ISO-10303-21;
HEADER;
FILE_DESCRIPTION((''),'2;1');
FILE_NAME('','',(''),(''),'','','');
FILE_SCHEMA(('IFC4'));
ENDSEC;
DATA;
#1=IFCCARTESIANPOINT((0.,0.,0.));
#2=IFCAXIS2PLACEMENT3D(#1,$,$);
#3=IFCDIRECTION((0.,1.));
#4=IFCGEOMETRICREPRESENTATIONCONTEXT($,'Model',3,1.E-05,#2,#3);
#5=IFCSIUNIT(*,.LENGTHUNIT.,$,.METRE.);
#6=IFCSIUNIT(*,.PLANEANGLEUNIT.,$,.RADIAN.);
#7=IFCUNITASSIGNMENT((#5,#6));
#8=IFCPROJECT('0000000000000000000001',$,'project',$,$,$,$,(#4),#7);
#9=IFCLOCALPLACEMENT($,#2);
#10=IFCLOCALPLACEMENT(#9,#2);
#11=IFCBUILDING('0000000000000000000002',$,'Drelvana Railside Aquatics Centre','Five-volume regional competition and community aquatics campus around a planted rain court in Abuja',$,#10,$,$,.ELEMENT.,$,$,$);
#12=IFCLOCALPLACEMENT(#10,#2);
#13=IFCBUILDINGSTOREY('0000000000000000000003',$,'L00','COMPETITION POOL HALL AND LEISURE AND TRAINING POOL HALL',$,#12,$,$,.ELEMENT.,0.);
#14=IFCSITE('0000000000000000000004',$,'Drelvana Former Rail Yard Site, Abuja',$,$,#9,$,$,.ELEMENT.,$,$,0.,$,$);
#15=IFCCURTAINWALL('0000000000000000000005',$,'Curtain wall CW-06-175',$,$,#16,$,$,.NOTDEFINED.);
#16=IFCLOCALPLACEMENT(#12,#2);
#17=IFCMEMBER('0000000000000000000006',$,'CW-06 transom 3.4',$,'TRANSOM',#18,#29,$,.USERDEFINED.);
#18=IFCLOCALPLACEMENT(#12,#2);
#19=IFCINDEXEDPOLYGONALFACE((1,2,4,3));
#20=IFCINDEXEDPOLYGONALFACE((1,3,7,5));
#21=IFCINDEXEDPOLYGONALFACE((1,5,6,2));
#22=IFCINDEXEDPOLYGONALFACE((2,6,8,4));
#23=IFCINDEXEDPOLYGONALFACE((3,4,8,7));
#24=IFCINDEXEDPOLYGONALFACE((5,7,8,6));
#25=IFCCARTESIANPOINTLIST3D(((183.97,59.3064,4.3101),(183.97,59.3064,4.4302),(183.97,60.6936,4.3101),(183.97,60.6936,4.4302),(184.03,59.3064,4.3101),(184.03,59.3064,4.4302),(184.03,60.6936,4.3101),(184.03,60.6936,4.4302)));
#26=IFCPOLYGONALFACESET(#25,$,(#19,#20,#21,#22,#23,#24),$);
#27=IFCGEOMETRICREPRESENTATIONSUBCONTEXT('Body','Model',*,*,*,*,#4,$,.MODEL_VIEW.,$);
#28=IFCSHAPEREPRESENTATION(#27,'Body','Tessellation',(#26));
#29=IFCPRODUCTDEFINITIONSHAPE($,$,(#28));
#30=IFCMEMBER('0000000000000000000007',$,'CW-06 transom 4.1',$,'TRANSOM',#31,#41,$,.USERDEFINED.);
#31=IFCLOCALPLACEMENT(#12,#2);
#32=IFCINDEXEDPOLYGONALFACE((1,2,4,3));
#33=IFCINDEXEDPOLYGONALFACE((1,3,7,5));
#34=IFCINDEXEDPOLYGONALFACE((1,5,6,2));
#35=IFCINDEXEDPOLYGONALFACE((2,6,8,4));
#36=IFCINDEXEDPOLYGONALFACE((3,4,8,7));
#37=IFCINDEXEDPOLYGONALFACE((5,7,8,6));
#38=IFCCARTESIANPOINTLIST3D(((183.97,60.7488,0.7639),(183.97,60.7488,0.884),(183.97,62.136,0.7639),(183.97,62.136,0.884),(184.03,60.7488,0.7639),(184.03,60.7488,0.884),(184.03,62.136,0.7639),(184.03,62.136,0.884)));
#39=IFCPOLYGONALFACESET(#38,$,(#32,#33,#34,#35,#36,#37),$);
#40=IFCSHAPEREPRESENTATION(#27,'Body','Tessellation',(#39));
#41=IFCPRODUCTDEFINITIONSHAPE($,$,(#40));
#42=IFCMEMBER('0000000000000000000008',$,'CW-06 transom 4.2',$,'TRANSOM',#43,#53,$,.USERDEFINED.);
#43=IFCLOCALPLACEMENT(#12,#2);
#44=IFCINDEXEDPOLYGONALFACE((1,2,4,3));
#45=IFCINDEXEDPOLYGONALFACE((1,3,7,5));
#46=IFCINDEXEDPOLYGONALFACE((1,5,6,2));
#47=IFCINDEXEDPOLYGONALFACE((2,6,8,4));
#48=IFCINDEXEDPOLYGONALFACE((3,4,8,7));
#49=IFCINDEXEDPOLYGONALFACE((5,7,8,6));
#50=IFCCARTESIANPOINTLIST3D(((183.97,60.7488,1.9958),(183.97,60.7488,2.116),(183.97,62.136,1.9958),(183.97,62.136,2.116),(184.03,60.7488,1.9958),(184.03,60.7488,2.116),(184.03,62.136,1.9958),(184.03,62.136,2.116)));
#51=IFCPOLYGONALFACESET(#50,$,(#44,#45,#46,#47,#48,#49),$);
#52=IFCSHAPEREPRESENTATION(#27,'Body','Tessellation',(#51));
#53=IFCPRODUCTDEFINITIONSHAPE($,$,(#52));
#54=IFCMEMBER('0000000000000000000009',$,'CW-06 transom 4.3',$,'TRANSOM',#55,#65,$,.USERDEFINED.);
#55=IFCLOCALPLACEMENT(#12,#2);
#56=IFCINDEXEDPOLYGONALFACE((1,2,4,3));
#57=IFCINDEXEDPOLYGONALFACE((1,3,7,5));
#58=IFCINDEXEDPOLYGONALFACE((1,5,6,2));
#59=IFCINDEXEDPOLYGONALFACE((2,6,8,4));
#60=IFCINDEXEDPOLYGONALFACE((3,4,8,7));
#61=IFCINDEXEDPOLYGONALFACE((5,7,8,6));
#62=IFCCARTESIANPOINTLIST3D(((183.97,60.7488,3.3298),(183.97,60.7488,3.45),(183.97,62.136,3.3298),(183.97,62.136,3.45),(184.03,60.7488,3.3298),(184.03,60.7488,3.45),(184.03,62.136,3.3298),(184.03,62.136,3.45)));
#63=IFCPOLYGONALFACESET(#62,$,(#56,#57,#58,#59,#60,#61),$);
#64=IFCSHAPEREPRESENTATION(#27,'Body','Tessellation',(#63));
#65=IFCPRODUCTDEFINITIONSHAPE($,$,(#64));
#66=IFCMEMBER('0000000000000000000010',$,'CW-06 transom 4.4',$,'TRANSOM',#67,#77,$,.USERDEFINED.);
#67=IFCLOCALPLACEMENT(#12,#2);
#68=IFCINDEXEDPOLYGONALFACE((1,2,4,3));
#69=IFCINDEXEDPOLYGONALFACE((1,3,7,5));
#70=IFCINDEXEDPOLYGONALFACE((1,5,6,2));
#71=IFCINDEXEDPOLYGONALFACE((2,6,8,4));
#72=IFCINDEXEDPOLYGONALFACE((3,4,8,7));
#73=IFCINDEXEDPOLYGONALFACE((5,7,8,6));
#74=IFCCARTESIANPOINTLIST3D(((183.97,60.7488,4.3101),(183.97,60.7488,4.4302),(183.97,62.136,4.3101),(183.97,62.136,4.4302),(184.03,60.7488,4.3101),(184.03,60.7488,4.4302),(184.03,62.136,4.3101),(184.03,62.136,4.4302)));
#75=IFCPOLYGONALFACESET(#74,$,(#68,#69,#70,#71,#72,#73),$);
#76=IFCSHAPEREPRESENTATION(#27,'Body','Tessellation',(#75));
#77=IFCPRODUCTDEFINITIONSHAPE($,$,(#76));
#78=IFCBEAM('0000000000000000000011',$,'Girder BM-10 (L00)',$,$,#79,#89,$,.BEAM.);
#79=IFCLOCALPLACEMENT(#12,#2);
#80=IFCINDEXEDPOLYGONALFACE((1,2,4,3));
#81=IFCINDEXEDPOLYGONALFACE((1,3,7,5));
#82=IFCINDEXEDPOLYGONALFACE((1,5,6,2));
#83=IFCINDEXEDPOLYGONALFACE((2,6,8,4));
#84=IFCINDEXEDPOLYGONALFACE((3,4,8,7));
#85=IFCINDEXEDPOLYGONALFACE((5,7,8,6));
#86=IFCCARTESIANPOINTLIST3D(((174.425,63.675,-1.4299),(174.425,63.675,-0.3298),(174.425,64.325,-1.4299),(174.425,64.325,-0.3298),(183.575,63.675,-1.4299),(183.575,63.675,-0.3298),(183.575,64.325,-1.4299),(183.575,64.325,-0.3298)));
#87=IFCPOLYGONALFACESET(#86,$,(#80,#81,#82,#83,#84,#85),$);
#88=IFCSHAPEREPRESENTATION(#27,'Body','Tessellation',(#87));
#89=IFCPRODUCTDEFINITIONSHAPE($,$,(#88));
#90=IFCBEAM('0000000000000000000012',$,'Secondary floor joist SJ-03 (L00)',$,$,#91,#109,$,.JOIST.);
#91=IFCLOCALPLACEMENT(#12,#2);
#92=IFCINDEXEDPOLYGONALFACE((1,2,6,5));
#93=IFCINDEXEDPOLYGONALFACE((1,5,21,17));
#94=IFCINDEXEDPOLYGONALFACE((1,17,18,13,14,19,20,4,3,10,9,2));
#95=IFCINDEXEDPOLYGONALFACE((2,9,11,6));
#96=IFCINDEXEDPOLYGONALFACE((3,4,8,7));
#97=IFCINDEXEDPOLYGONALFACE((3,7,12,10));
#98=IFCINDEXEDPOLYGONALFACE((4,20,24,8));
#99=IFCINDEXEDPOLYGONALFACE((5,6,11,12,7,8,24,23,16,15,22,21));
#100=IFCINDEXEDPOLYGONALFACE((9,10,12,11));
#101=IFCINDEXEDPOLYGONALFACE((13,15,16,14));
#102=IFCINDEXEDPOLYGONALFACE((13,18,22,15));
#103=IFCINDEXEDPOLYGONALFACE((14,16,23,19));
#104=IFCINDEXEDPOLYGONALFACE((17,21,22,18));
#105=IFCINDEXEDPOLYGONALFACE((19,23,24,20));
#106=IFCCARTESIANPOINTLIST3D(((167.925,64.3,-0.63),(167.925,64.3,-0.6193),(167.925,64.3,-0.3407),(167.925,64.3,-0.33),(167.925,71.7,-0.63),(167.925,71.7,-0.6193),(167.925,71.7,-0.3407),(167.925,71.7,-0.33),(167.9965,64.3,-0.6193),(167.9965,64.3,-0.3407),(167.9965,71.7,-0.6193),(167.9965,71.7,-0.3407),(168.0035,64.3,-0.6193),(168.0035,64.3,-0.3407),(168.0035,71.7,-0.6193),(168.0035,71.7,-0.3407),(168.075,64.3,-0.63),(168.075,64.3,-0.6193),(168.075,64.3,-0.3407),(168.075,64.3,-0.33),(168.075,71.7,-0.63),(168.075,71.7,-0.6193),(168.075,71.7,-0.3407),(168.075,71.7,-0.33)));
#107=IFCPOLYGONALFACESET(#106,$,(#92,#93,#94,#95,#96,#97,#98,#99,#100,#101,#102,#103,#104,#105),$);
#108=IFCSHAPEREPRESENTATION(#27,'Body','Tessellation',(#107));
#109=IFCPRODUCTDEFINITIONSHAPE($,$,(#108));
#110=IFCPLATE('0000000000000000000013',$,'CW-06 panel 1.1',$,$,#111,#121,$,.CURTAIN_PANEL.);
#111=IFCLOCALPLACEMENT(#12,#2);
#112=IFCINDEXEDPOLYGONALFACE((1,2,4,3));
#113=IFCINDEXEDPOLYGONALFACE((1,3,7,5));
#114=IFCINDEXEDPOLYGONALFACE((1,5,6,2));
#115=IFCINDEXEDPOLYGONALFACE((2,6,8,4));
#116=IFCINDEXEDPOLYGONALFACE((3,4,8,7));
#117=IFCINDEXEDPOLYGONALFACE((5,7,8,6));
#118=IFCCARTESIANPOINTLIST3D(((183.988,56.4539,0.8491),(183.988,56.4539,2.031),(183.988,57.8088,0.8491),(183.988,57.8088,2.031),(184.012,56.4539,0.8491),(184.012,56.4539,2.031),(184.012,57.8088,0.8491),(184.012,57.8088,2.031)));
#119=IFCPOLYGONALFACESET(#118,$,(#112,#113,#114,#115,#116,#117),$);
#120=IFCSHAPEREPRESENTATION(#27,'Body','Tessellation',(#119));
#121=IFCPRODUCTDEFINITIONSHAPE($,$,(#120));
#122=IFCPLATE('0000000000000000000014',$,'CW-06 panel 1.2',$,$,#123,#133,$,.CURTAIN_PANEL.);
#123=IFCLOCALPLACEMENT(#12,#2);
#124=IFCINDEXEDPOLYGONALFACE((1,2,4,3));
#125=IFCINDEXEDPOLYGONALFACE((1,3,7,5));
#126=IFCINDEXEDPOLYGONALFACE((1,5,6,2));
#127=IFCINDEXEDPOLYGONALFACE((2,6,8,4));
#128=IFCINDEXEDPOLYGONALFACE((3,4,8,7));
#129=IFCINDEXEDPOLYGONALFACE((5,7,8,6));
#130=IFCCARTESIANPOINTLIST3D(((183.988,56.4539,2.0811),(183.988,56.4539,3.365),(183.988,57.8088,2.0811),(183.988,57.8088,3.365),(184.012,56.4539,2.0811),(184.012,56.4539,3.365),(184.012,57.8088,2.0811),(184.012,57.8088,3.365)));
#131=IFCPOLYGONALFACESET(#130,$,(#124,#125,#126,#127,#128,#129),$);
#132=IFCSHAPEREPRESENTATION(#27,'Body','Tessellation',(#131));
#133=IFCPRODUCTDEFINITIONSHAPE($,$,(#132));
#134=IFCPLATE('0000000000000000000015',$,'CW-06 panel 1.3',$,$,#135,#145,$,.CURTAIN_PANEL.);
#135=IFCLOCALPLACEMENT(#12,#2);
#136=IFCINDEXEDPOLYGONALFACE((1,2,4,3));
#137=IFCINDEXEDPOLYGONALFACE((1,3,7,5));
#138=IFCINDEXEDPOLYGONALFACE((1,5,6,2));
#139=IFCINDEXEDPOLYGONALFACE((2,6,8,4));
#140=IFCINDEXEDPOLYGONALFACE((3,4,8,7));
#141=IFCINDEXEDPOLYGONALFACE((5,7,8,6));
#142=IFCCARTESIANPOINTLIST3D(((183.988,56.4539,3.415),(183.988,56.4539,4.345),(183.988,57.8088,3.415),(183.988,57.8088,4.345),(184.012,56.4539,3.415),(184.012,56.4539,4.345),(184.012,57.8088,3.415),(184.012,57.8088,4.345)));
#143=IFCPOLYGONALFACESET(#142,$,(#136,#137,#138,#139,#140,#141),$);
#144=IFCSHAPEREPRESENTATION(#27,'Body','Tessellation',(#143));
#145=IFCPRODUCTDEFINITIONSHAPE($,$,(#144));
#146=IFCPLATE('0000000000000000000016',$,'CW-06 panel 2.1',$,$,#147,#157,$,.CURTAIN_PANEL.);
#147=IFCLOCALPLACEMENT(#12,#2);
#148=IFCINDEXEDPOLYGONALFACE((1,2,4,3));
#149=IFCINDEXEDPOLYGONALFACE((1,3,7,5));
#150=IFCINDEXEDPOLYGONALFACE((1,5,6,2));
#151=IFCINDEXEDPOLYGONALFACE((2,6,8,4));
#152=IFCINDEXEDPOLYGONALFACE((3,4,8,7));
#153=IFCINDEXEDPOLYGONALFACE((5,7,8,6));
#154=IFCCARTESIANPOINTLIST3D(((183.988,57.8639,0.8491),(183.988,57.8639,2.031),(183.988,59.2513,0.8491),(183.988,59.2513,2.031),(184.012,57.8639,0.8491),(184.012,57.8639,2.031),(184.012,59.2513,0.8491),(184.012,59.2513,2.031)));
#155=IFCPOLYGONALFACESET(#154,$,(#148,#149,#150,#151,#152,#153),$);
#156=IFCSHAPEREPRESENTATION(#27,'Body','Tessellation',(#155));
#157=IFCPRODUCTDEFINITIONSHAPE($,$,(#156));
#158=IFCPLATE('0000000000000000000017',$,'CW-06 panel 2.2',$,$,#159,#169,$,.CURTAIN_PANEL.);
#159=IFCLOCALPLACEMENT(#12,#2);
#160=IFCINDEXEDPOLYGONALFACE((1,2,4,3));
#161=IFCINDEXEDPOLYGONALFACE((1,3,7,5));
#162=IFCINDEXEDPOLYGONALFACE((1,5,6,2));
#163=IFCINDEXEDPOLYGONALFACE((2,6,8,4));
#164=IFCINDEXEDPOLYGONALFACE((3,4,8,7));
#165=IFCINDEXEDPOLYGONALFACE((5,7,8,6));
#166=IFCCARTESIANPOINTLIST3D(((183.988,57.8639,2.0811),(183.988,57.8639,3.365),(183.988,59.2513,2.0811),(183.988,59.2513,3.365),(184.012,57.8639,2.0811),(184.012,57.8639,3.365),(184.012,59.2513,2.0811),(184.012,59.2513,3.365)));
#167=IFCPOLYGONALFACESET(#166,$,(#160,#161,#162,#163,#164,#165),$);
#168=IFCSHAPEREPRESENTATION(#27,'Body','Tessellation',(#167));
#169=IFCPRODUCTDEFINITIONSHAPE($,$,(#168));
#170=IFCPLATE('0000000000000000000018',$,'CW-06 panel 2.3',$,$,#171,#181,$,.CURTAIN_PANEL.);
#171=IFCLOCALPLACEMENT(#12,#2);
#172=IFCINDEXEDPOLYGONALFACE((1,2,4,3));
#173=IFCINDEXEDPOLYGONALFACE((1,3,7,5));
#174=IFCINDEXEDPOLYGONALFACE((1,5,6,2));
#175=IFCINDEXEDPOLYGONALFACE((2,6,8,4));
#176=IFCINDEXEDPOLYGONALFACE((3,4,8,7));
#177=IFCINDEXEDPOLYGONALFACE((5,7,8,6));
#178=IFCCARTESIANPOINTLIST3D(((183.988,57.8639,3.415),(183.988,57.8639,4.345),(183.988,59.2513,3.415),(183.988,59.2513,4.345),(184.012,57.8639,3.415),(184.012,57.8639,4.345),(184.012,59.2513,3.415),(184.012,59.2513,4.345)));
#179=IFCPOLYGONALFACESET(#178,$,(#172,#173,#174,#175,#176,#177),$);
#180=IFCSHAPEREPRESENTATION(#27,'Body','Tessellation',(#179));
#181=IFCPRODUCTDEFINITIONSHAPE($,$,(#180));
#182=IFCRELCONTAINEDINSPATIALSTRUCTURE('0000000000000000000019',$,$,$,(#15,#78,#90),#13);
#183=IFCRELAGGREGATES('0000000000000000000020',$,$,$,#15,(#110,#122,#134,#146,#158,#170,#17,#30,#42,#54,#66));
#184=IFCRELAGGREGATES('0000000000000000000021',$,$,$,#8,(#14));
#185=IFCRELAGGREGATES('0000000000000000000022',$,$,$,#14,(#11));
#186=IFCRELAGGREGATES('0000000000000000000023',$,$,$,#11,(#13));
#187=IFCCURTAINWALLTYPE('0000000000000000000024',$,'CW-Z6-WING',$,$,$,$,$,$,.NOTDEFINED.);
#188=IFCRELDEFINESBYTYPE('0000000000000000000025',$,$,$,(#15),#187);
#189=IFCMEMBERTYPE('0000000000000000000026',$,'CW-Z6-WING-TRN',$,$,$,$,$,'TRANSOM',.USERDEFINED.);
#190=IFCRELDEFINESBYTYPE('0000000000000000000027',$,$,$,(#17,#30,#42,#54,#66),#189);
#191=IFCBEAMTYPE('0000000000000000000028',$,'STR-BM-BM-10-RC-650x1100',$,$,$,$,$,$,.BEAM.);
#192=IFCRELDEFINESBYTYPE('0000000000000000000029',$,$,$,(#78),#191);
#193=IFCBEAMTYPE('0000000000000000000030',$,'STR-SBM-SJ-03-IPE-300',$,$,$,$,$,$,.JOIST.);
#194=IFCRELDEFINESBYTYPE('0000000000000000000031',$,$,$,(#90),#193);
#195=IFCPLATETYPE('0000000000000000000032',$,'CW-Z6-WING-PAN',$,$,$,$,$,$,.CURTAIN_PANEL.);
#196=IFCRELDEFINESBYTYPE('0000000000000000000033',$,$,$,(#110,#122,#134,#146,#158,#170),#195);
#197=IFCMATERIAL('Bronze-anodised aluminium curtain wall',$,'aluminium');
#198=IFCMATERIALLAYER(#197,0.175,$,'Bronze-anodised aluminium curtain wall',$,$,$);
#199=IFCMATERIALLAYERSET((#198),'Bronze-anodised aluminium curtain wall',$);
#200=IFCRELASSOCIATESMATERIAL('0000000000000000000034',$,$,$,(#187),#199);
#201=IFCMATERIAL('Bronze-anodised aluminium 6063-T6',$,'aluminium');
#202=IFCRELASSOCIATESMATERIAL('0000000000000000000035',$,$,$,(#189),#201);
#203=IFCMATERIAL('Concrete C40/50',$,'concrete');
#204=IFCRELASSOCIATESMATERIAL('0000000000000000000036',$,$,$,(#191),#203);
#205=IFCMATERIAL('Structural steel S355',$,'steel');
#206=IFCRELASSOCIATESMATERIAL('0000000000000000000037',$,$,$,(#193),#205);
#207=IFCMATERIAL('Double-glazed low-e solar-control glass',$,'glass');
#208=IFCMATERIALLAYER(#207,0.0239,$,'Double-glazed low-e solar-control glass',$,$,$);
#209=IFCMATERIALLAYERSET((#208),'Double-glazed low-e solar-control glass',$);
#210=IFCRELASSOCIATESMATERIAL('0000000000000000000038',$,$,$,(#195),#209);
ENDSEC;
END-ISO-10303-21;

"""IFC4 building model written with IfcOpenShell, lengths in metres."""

from ifc_helpers import new_model, si_unit, direction, frame, origin, origin_2d, place, context, subcontext, project, spatial, rectangle, i_section, extrude, material, layer, layer_set, material_profile, profile_set, type_object, element, aggregate, save


model = new_model("IFC4")

# Units and contexts
model_context = context("Model", 3, precision=1e-05, world=origin(), true_north=direction((0.0, 1.0)))
body_context = subcontext(model_context, "Body", "Model", "MODEL_VIEW")
ifc_project = project(units=[si_unit("LENGTHUNIT", "METRE"), si_unit("PLANEANGLEUNIT", "RADIAN")], contexts=[model_context])

# Site, building, storey
site_placement = place(None, origin())
site = spatial("IfcSite", under=ifc_project, at=site_placement, Name="Drelvana Former Rail Yard Site, Abuja", CompositionType="ELEMENT", RefElevation=0.0)
building_placement = place(site_placement, origin())
building = spatial("IfcBuilding", under=site, at=building_placement, Name="Drelvana Railside Aquatics Centre", Description="Five-volume regional competition and community aquatics campus around a planted rain court in Abuja", CompositionType="ELEMENT")
storey_placement = place(building_placement, origin())
storey = spatial("IfcBuildingStorey", under=building, at=storey_placement, Name="L00", Description="COMPETITION POOL HALL AND LEISURE AND TRAINING POOL HALL", CompositionType="ELEMENT", Elevation=0.0)

# Shared definitions
ifc_material_1 = material(Name="Concrete C40/50", Category="concrete")

# Curtain wall, members
ifc_material_2 = material(Name="Bronze-anodised aluminium curtain wall", Category="aluminium")
ifc_layer_1 = layer(ifc_material_2, 0.175, Name="Bronze-anodised aluminium curtain wall")
ifc_layer_set_1 = layer_set([ifc_layer_1], Name="Bronze-anodised aluminium curtain wall")
curtain_wall_type = type_object("IfcCurtainWallType", Name="CW-Z6-WING", PredefinedType="NOTDEFINED", material=ifc_layer_set_1)
curtain_wall_placement = place(storey_placement, origin())
curtain_wall = element("IfcCurtainWall", 1, at=curtain_wall_placement, inside=storey, type_object=curtain_wall_type, Name="Curtain wall CW-06-175", PredefinedType="NOTDEFINED")
ifc_material_3 = material(Name="Bronze-anodised aluminium 6063-T6", Category="aluminium")
ifc_material_profile_1 = material_profile(ifc_material_3, rectangle(XDim=0.1201, YDim=0.0601, at=origin_2d()), Name="ALU-T 60x120")
ifc_profile_set_1 = profile_set([ifc_material_profile_1], Name="Bronze-anodised aluminium 6063-T6")
member_type_1 = type_object("IfcMemberType", Name="CW-Z6-WING-TRN", ElementType="TRANSOM", PredefinedType="USERDEFINED", material=ifc_profile_set_1)
member_1_placement = place(storey_placement, frame((184.0, 59.3064, 4.3701), z_axis=(0.0, 1.0, 0.0), x_axis=(0.0, 0.0, 1.0)))
member_1 = element("IfcMember", 2, at=member_1_placement, type_object=member_type_1, Name="CW-06 transom 3.4", ObjectType="TRANSOM", PredefinedType="USERDEFINED", context=body_context, shape_type="SweptSolid", body=[
    extrude(rectangle(XDim=0.1201, YDim=0.0601, at=origin_2d()), origin(), (0.0, 0.0, 1.0), 1.3872),
])
member_2_placement = place(storey_placement, frame((184.0, 60.7488, 0.824), z_axis=(0.0, 1.0, 0.0), x_axis=(0.0, 0.0, 1.0)))
member_2 = element("IfcMember", 3, at=member_2_placement, type_object=member_type_1, Name="CW-06 transom 4.1", ObjectType="TRANSOM", PredefinedType="USERDEFINED", context=body_context, shape_type="SweptSolid", body=[
    extrude(rectangle(XDim=0.1201, YDim=0.0601, at=origin_2d()), origin(), (0.0, 0.0, 1.0), 1.3872),
])
member_3_placement = place(storey_placement, frame((184.0, 60.7488, 2.0559), z_axis=(0.0, 1.0, 0.0), x_axis=(0.0, 0.0, 1.0)))
member_3 = element("IfcMember", 4, at=member_3_placement, type_object=member_type_1, Name="CW-06 transom 4.2", ObjectType="TRANSOM", PredefinedType="USERDEFINED", context=body_context, shape_type="SweptSolid", body=[
    extrude(rectangle(XDim=0.1201, YDim=0.0601, at=origin_2d()), origin(), (0.0, 0.0, 1.0), 1.3872),
])
member_4_placement = place(storey_placement, frame((184.0, 60.7488, 3.3899), z_axis=(0.0, 1.0, 0.0), x_axis=(0.0, 0.0, 1.0)))
member_4 = element("IfcMember", 5, at=member_4_placement, type_object=member_type_1, Name="CW-06 transom 4.3", ObjectType="TRANSOM", PredefinedType="USERDEFINED", context=body_context, shape_type="SweptSolid", body=[
    extrude(rectangle(XDim=0.1201, YDim=0.0601, at=origin_2d()), origin(), (0.0, 0.0, 1.0), 1.3872),
])
member_5_placement = place(storey_placement, frame((184.0, 60.7488, 4.3701), z_axis=(0.0, 1.0, 0.0), x_axis=(0.0, 0.0, 1.0)))
member_5 = element("IfcMember", 6, at=member_5_placement, type_object=member_type_1, Name="CW-06 transom 4.4", ObjectType="TRANSOM", PredefinedType="USERDEFINED", context=body_context, shape_type="SweptSolid", body=[
    extrude(rectangle(XDim=0.1201, YDim=0.0601, at=origin_2d()), origin(), (0.0, 0.0, 1.0), 1.3872),
])

# Beams
ifc_material_profile_2 = material_profile(ifc_material_1, rectangle(XDim=0.6499, YDim=1.1001, at=origin_2d()), Name="RC 650x1100")
ifc_profile_set_2 = profile_set([ifc_material_profile_2], Name="Concrete C40/50")
beam_type_1 = type_object("IfcBeamType", Name="STR-BM-BM-10-RC-650x1100", PredefinedType="BEAM", material=ifc_profile_set_2)
beam_1_placement = place(storey_placement, frame((174.425, 64.0, -0.8799), z_axis=(1.0, 0.0, 0.0), x_axis=(0.0, 1.0, 0.0)))
element("IfcBeam", 7, at=beam_1_placement, inside=storey, type_object=beam_type_1, Name="Girder BM-10 (L00)", PredefinedType="BEAM", context=body_context, shape_type="SweptSolid", body=[
    extrude(rectangle(XDim=0.6499, YDim=1.1001, at=origin_2d()), origin(), (0.0, 0.0, 1.0), 9.1499),
])
ifc_material_4 = material(Name="Structural steel S355", Category="steel")
ifc_material_profile_3 = material_profile(ifc_material_4, i_section(OverallWidth=0.1499, OverallDepth=0.3, WebThickness=0.0071, FlangeThickness=0.0107, at=origin_2d()), Name="IPE 300")
ifc_profile_set_3 = profile_set([ifc_material_profile_3], Name="Structural steel S355")
beam_type_2 = type_object("IfcBeamType", Name="STR-SBM-SJ-03-IPE-300", PredefinedType="JOIST", material=ifc_profile_set_3)
beam_2_placement = place(storey_placement, frame((168.0, 64.3, -0.48), z_axis=(0.0, 1.0, 0.0), x_axis=(-1.0, 0.0, 0.0)))
element("IfcBeam", 8, at=beam_2_placement, inside=storey, type_object=beam_type_2, Name="Secondary floor joist SJ-03 (L00)", PredefinedType="JOIST", context=body_context, shape_type="SweptSolid", body=[
    extrude(i_section(OverallWidth=0.1499, OverallDepth=0.3, WebThickness=0.0071, FlangeThickness=0.0107, at=origin_2d()), origin(), (0.0, 0.0, 1.0), 7.3999),
])

# Plates
ifc_material_5 = material(Name="Double-glazed low-e solar-control glass", Category="glass")
ifc_layer_2 = layer(ifc_material_5, 0.0239, Name="Double-glazed low-e solar-control glass")
ifc_layer_set_2 = layer_set([ifc_layer_2], Name="Double-glazed low-e solar-control glass")
plate_type = type_object("IfcPlateType", Name="CW-Z6-WING-PAN", PredefinedType="CURTAIN_PANEL", material=ifc_layer_set_2)
plate_1_placement = place(storey_placement, frame((184.0, 57.1313, 0.8491), z_axis=(0.0, 0.0, 1.0), x_axis=(0.0, 1.0, 0.0)))
plate_1 = element("IfcPlate", 9, at=plate_1_placement, type_object=plate_type, Name="CW-06 panel 1.1", PredefinedType="CURTAIN_PANEL", context=body_context, shape_type="SweptSolid", body=[
    extrude(rectangle(XDim=1.355, YDim=0.0239, at=origin_2d()), origin(), (0.0, 0.0, 1.0), 1.1819),
])
plate_2_placement = place(storey_placement, frame((184.0, 57.1313, 2.0811), z_axis=(0.0, 0.0, 1.0), x_axis=(0.0, 1.0, 0.0)))
plate_2 = element("IfcPlate", 10, at=plate_2_placement, type_object=plate_type, Name="CW-06 panel 1.2", PredefinedType="CURTAIN_PANEL", context=body_context, shape_type="SweptSolid", body=[
    extrude(rectangle(XDim=1.355, YDim=0.0239, at=origin_2d()), origin(), (0.0, 0.0, 1.0), 1.2839),
])
plate_3_placement = place(storey_placement, frame((184.0, 57.1313, 3.415), z_axis=(0.0, 0.0, 1.0), x_axis=(0.0, 1.0, 0.0)))
plate_3 = element("IfcPlate", 11, at=plate_3_placement, type_object=plate_type, Name="CW-06 panel 1.3", PredefinedType="CURTAIN_PANEL", context=body_context, shape_type="SweptSolid", body=[
    extrude(rectangle(XDim=1.355, YDim=0.0239, at=origin_2d()), origin(), (0.0, 0.0, 1.0), 0.9299),
])
plate_4_placement = place(storey_placement, frame((184.0, 58.5576, 0.8491), z_axis=(0.0, 0.0, 1.0), x_axis=(0.0, 1.0, 0.0)))
plate_4 = element("IfcPlate", 12, at=plate_4_placement, type_object=plate_type, Name="CW-06 panel 2.1", PredefinedType="CURTAIN_PANEL", context=body_context, shape_type="SweptSolid", body=[
    extrude(rectangle(XDim=1.3875, YDim=0.0239, at=origin_2d()), origin(), (0.0, 0.0, 1.0), 1.1819),
])
plate_5_placement = place(storey_placement, frame((184.0, 58.5576, 2.0811), z_axis=(0.0, 0.0, 1.0), x_axis=(0.0, 1.0, 0.0)))
plate_5 = element("IfcPlate", 13, at=plate_5_placement, type_object=plate_type, Name="CW-06 panel 2.2", PredefinedType="CURTAIN_PANEL", context=body_context, shape_type="SweptSolid", body=[
    extrude(rectangle(XDim=1.3875, YDim=0.0239, at=origin_2d()), origin(), (0.0, 0.0, 1.0), 1.2839),
])
plate_6_placement = place(storey_placement, frame((184.0, 58.5576, 3.415), z_axis=(0.0, 0.0, 1.0), x_axis=(0.0, 1.0, 0.0)))
plate_6 = element("IfcPlate", 14, at=plate_6_placement, type_object=plate_type, Name="CW-06 panel 2.3", PredefinedType="CURTAIN_PANEL", context=body_context, shape_type="SweptSolid", body=[
    extrude(rectangle(XDim=1.3875, YDim=0.0239, at=origin_2d()), origin(), (0.0, 0.0, 1.0), 0.9299),
])
aggregate(curtain_wall, [plate_1, plate_2, plate_3, plate_4, plate_5, plate_6, member_1, member_2, member_3, member_4, member_5])

save(model, "model.ifc")
